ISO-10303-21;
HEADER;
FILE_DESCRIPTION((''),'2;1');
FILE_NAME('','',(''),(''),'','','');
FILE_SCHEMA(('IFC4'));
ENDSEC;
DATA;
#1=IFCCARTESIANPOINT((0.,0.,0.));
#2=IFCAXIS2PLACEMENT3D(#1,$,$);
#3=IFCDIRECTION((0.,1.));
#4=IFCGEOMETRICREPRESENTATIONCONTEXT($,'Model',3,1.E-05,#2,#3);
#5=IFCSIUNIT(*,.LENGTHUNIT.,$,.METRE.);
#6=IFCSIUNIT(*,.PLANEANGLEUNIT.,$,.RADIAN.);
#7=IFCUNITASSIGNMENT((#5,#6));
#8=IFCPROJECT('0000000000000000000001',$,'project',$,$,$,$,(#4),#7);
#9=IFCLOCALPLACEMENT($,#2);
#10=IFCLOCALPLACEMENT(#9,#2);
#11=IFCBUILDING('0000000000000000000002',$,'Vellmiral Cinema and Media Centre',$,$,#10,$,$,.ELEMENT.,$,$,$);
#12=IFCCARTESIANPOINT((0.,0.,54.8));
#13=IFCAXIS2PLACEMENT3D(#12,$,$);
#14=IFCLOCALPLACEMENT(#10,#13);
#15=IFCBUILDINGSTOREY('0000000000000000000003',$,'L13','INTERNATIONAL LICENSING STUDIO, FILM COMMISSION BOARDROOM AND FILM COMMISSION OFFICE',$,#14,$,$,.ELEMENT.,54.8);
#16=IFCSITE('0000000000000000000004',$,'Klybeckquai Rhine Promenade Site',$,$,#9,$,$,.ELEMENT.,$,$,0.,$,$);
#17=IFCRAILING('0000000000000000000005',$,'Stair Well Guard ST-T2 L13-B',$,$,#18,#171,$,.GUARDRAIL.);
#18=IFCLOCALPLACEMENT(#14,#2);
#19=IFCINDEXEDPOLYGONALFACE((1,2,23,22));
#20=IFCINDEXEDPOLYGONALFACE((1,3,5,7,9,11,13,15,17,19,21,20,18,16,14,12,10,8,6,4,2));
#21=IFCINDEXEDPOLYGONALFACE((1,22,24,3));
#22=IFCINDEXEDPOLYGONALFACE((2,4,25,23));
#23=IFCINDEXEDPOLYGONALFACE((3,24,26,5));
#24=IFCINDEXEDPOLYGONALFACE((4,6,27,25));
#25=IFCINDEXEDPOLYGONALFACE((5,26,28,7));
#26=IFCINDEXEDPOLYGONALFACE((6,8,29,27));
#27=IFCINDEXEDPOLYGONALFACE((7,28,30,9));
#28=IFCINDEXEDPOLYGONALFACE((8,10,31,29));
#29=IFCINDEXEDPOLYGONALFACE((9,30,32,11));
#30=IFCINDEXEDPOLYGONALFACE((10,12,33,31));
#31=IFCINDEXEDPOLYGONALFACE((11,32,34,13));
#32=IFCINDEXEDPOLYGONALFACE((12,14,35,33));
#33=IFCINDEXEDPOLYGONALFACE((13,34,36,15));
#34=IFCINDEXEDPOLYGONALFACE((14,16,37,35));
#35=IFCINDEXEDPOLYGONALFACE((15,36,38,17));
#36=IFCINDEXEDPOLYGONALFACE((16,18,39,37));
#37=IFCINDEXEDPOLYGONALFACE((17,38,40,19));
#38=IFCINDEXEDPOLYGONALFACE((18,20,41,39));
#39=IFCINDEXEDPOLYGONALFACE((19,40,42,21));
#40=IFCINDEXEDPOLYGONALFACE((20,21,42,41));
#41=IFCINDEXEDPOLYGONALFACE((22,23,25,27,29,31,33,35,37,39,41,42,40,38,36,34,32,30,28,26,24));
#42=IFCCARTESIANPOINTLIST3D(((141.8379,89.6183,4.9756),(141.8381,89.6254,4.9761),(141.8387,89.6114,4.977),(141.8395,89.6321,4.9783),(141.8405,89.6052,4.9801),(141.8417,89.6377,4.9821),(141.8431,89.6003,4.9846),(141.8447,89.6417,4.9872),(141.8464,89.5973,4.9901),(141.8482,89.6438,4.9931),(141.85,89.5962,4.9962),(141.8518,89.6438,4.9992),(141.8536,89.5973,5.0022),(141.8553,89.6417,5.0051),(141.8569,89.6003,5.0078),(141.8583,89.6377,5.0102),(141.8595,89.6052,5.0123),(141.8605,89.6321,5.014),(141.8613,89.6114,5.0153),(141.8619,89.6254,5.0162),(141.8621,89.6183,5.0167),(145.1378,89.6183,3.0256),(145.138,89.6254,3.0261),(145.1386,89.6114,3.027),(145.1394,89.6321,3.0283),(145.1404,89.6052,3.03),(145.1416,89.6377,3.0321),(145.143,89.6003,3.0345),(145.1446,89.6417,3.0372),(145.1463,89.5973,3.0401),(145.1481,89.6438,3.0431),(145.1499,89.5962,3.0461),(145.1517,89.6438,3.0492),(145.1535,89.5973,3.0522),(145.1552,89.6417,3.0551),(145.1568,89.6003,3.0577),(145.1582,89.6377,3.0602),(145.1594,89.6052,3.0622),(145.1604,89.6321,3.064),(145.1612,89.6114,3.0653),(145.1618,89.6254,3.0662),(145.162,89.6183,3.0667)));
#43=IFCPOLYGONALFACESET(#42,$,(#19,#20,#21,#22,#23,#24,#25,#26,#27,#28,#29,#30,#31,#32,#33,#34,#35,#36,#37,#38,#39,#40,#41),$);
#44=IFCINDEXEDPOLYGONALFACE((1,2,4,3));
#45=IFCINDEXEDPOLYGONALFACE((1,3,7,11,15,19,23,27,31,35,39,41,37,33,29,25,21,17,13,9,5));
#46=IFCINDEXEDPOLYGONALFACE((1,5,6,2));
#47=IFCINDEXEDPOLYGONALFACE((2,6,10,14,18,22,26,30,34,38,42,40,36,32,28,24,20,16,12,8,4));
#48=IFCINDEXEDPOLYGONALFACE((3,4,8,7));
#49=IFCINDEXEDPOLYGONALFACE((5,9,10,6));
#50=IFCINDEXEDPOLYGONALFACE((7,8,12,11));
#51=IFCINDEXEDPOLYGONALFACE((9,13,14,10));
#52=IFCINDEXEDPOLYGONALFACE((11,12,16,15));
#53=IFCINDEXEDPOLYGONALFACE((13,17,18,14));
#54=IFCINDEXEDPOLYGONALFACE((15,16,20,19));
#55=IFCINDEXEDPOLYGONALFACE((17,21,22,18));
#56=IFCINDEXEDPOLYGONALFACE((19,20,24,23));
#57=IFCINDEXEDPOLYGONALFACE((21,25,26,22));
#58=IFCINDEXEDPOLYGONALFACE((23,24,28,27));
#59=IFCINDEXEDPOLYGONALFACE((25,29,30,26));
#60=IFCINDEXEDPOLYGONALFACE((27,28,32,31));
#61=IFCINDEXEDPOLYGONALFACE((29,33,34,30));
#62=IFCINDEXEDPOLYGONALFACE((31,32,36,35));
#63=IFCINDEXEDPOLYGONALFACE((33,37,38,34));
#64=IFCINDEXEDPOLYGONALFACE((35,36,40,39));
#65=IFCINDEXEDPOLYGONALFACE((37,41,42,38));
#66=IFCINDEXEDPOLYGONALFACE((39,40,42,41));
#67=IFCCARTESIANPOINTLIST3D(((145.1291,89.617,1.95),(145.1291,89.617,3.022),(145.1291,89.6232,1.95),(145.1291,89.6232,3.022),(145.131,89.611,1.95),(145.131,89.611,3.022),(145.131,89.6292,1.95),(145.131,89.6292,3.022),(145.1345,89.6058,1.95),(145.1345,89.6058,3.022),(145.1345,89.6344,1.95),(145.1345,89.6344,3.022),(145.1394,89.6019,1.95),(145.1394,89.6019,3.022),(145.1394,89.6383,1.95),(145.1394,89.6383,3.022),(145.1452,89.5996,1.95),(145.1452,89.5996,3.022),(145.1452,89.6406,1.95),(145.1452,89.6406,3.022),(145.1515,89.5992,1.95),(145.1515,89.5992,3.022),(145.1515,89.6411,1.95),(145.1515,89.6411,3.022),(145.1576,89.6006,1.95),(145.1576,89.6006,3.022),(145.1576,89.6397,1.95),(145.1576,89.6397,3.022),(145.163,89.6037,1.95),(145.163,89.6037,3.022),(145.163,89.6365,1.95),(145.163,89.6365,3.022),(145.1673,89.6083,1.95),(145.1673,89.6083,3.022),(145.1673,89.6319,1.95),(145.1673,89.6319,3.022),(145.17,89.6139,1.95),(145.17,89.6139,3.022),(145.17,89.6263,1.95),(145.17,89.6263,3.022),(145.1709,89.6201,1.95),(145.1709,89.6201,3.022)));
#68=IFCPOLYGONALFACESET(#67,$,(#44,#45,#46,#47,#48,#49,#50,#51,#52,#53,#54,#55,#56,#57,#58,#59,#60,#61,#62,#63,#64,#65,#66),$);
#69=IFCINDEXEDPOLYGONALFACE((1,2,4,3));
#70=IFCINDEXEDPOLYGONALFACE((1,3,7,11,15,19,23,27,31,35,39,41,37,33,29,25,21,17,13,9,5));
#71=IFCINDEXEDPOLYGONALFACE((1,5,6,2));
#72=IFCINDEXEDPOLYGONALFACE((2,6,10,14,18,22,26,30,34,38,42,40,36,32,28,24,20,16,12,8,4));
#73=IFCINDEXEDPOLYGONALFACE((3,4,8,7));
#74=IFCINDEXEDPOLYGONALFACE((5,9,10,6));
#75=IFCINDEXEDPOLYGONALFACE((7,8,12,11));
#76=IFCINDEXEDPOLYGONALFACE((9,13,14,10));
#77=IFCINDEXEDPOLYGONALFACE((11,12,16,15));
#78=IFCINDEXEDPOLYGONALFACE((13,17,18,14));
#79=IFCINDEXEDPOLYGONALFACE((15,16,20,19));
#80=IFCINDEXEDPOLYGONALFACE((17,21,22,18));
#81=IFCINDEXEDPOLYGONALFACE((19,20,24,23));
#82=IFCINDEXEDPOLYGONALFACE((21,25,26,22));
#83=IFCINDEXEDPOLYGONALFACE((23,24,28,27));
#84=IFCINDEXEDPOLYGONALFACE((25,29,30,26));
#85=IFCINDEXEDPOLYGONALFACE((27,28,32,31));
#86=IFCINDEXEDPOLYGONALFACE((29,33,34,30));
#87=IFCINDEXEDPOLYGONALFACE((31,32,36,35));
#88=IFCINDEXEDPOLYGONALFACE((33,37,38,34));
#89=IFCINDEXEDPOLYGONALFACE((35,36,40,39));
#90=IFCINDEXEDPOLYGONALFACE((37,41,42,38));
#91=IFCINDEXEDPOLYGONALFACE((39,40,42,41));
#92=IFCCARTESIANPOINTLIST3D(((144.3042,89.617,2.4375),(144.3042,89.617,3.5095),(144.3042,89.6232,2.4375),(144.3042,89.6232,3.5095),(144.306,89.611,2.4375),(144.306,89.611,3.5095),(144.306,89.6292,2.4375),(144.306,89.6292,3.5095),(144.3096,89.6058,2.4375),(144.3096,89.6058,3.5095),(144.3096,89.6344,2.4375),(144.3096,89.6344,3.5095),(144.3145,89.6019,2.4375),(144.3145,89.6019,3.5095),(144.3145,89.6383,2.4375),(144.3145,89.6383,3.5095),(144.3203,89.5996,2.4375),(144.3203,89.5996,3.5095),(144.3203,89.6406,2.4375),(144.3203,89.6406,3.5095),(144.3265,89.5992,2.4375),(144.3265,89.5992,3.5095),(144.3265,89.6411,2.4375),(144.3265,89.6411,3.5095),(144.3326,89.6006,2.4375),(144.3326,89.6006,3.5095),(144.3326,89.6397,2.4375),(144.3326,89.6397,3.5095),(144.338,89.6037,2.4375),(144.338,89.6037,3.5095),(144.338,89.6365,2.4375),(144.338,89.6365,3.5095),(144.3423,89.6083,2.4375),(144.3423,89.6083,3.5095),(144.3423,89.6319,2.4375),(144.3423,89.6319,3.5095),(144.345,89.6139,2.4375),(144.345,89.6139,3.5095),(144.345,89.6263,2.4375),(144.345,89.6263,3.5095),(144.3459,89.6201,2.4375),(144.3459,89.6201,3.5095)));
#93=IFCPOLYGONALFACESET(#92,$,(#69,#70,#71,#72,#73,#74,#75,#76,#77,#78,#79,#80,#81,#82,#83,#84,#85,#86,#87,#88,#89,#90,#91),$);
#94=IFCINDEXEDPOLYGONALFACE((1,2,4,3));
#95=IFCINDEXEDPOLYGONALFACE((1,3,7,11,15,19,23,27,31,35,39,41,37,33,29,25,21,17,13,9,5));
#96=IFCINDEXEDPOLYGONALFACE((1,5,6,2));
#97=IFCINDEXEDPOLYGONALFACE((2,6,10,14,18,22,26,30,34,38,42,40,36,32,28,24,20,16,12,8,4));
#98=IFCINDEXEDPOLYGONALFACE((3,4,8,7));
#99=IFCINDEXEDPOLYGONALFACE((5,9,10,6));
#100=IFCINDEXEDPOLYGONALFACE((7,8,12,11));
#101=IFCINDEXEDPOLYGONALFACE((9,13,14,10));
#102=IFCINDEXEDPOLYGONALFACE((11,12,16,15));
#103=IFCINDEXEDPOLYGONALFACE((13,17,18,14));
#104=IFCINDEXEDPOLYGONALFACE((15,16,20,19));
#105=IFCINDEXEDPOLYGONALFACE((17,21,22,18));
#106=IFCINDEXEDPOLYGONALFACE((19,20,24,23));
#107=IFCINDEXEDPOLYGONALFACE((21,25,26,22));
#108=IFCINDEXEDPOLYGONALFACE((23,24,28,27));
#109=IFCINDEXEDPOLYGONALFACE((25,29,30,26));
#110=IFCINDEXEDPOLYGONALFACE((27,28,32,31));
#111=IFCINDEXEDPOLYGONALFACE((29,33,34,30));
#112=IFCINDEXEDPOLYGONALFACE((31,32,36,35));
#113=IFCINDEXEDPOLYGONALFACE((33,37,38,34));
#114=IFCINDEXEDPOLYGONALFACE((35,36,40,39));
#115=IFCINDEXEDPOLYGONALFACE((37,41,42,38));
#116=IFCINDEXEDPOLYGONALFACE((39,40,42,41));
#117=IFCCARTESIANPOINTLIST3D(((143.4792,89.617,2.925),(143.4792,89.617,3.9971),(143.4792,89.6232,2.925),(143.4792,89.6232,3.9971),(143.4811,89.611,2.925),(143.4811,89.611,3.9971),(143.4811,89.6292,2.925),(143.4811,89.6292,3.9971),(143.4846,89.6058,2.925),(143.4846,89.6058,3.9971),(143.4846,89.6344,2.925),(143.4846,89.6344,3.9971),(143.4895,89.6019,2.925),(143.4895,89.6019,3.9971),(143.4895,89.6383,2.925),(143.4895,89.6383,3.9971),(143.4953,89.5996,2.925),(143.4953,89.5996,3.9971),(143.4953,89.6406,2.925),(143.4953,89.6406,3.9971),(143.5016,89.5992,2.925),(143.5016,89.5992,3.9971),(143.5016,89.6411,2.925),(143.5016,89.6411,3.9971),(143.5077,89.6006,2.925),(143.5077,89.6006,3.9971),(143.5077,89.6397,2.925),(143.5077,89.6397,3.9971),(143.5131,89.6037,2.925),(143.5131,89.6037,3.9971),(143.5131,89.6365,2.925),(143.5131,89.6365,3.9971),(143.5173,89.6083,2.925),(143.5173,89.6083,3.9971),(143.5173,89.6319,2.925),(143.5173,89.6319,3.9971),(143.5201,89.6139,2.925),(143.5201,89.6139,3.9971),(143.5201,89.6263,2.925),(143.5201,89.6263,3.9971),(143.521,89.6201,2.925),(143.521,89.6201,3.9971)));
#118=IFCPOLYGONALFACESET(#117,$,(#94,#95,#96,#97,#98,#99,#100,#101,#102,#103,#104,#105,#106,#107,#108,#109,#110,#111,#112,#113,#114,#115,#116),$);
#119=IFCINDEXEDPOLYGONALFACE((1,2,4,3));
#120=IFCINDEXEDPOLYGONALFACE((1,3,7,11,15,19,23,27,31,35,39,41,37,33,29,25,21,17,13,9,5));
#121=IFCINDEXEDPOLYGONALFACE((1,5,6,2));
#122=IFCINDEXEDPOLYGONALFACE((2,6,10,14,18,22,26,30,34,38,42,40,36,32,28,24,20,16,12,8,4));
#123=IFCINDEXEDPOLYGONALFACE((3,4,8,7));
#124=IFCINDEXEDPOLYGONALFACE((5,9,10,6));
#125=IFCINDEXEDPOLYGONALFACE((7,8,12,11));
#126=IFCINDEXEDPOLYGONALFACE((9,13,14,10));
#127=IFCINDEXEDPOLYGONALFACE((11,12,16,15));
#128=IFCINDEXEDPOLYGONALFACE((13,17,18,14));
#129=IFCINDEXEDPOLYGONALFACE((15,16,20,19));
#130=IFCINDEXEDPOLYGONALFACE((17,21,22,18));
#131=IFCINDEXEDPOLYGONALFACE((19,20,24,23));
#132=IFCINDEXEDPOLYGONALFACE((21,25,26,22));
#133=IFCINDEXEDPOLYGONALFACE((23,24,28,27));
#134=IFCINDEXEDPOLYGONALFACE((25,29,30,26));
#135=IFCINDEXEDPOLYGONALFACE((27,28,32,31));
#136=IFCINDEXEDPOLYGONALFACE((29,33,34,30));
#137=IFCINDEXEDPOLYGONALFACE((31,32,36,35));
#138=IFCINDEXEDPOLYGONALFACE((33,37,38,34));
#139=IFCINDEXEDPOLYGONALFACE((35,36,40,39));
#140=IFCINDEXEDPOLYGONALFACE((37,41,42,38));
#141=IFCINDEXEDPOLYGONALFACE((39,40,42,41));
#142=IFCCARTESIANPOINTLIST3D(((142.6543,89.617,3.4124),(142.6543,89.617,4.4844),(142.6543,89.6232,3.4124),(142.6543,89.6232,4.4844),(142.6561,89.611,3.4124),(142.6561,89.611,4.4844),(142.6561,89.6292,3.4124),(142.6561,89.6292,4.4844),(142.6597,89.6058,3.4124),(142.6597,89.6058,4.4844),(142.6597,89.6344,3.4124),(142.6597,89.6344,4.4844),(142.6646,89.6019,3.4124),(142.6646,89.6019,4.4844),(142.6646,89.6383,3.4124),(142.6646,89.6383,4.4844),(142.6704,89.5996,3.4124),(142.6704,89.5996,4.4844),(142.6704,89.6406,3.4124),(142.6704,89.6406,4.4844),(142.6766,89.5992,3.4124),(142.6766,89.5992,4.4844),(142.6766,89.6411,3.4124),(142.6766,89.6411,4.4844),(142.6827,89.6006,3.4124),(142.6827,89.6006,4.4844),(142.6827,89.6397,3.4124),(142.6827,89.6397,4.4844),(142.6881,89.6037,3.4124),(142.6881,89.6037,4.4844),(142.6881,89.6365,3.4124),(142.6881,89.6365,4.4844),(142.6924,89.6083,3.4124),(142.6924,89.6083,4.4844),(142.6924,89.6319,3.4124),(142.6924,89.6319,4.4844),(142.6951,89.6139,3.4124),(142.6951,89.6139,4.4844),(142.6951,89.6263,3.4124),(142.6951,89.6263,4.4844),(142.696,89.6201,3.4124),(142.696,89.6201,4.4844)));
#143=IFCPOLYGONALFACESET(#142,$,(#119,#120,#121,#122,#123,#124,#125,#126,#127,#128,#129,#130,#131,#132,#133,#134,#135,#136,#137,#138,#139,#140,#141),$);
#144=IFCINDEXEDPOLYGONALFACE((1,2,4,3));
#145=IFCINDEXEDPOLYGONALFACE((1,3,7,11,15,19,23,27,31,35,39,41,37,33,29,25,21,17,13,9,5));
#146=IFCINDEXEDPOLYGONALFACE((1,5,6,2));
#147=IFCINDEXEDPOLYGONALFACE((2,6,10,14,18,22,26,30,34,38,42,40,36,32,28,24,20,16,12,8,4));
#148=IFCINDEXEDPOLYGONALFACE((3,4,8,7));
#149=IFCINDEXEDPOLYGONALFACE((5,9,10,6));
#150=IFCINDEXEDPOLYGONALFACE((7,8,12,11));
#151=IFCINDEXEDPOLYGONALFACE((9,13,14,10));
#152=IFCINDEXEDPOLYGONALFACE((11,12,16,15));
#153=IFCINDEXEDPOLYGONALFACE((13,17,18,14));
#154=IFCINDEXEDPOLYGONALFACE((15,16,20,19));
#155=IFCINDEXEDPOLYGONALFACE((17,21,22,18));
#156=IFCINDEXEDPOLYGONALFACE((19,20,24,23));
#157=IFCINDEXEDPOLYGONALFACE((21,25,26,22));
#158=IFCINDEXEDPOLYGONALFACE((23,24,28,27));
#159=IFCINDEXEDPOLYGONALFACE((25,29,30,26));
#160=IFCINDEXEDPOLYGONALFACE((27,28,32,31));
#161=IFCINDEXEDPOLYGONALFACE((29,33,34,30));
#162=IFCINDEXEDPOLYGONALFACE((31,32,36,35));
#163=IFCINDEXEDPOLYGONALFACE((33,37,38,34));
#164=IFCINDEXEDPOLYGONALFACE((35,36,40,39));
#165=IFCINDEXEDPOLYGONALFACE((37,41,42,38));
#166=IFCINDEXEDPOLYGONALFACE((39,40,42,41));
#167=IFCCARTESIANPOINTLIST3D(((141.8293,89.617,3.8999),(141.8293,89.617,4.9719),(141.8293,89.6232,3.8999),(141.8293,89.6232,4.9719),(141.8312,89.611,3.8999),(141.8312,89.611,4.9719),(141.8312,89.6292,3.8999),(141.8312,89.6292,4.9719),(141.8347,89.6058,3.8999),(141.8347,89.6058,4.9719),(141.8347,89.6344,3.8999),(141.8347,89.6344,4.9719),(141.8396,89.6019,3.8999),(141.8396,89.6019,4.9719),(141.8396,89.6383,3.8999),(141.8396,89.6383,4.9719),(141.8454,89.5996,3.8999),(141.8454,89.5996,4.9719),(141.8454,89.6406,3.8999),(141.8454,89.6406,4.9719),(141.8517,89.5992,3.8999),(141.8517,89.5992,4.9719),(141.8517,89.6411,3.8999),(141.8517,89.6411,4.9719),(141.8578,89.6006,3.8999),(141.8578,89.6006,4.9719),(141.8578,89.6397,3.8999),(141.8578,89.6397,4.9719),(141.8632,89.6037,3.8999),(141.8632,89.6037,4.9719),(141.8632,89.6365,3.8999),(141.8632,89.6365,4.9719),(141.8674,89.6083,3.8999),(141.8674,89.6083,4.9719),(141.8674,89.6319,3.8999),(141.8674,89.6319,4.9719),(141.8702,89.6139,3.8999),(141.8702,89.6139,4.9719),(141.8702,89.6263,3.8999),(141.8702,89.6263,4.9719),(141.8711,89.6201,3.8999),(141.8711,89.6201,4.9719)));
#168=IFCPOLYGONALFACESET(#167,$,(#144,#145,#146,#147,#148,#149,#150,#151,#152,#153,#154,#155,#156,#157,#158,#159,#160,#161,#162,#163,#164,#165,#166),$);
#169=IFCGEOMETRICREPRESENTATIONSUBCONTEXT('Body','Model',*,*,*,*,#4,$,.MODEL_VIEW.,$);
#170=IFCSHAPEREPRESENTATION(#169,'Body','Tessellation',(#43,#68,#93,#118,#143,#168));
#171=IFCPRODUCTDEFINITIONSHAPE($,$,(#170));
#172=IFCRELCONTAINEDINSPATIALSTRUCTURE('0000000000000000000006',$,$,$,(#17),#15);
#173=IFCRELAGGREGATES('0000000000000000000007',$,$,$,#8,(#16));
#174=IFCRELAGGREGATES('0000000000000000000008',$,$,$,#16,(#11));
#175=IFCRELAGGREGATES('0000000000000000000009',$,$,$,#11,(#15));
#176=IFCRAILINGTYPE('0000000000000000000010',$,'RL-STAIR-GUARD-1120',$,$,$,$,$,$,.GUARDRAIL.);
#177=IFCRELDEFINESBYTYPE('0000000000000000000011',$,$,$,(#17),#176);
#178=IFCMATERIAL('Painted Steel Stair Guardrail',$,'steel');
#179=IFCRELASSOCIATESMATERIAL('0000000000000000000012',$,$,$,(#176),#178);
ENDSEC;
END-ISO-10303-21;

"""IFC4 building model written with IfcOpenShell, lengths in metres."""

from ifc_helpers import new_model, si_unit, direction, frame, origin, origin_2d, place, context, subcontext, project, spatial, circle, extrude, material, type_object, element, save


model = new_model("IFC4")

# Units and contexts
model_context = context("Model", 3, precision=1e-05, world=origin(), true_north=direction((0.0, 1.0)))
body_context = subcontext(model_context, "Body", "Model", "MODEL_VIEW")
ifc_project = project(units=[si_unit("LENGTHUNIT", "METRE"), si_unit("PLANEANGLEUNIT", "RADIAN")], contexts=[model_context])

# Site, building, storey
site_placement = place(None, origin())
site = spatial("IfcSite", under=ifc_project, at=site_placement, Name="Klybeckquai Rhine Promenade Site", CompositionType="ELEMENT", RefElevation=0.0)
building_placement = place(site_placement, origin())
building = spatial("IfcBuilding", under=site, at=building_placement, Name="Vellmiral Cinema and Media Centre", CompositionType="ELEMENT")
storey_placement = place(building_placement, frame((0.0, 0.0, 54.8)))
storey = spatial("IfcBuildingStorey", under=building, at=storey_placement, Name="L13", Description="INTERNATIONAL LICENSING STUDIO, FILM COMMISSION BOARDROOM AND FILM COMMISSION OFFICE", CompositionType="ELEMENT", Elevation=54.8)

# Railing
ifc_material_1 = material(Name="Painted Steel Stair Guardrail", Category="steel")
railing_type_1 = type_object("IfcRailingType", Name="RL-STAIR-GUARD-1120", PredefinedType="GUARDRAIL", material=ifc_material_1)
railing_1_placement = place(storey_placement, frame((145.1499, 89.6201, 1.95)))
element("IfcRailing", 1, at=railing_1_placement, inside=storey, type_object=railing_type_1, Name="Stair Well Guard ST-T2 L13-B", PredefinedType="GUARDRAIL", context=body_context, shape_type="SweptSolid", body=[
    extrude(circle(Radius=0.0239, at=origin_2d()), frame((0.0, 0.0, 1.0962), z_axis=(-0.860919, 0.0, 0.508742), x_axis=(0.0, -1.0, 0.0)), (0.0, 0.0, 1.0), 3.833),
    extrude(circle(Radius=0.021, at=origin_2d()), origin(), (0.0, 0.0, 1.0), 1.072),
    extrude(circle(Radius=0.021, at=origin_2d()), frame((-0.825, 0.0, 0.4875)), (0.0, 0.0, 1.0), 1.072),
    extrude(circle(Radius=0.021, at=origin_2d()), frame((-1.6499, 0.0, 0.9751)), (0.0, 0.0, 1.0), 1.072),
    extrude(circle(Radius=0.021, at=origin_2d()), frame((-2.4749, 0.0, 1.4624)), (0.0, 0.0, 1.0), 1.072),
    extrude(circle(Radius=0.021, at=origin_2d()), frame((-3.2998, 0.0, 1.95)), (0.0, 0.0, 1.0), 1.072),
])

save(model, "model.ifc")
